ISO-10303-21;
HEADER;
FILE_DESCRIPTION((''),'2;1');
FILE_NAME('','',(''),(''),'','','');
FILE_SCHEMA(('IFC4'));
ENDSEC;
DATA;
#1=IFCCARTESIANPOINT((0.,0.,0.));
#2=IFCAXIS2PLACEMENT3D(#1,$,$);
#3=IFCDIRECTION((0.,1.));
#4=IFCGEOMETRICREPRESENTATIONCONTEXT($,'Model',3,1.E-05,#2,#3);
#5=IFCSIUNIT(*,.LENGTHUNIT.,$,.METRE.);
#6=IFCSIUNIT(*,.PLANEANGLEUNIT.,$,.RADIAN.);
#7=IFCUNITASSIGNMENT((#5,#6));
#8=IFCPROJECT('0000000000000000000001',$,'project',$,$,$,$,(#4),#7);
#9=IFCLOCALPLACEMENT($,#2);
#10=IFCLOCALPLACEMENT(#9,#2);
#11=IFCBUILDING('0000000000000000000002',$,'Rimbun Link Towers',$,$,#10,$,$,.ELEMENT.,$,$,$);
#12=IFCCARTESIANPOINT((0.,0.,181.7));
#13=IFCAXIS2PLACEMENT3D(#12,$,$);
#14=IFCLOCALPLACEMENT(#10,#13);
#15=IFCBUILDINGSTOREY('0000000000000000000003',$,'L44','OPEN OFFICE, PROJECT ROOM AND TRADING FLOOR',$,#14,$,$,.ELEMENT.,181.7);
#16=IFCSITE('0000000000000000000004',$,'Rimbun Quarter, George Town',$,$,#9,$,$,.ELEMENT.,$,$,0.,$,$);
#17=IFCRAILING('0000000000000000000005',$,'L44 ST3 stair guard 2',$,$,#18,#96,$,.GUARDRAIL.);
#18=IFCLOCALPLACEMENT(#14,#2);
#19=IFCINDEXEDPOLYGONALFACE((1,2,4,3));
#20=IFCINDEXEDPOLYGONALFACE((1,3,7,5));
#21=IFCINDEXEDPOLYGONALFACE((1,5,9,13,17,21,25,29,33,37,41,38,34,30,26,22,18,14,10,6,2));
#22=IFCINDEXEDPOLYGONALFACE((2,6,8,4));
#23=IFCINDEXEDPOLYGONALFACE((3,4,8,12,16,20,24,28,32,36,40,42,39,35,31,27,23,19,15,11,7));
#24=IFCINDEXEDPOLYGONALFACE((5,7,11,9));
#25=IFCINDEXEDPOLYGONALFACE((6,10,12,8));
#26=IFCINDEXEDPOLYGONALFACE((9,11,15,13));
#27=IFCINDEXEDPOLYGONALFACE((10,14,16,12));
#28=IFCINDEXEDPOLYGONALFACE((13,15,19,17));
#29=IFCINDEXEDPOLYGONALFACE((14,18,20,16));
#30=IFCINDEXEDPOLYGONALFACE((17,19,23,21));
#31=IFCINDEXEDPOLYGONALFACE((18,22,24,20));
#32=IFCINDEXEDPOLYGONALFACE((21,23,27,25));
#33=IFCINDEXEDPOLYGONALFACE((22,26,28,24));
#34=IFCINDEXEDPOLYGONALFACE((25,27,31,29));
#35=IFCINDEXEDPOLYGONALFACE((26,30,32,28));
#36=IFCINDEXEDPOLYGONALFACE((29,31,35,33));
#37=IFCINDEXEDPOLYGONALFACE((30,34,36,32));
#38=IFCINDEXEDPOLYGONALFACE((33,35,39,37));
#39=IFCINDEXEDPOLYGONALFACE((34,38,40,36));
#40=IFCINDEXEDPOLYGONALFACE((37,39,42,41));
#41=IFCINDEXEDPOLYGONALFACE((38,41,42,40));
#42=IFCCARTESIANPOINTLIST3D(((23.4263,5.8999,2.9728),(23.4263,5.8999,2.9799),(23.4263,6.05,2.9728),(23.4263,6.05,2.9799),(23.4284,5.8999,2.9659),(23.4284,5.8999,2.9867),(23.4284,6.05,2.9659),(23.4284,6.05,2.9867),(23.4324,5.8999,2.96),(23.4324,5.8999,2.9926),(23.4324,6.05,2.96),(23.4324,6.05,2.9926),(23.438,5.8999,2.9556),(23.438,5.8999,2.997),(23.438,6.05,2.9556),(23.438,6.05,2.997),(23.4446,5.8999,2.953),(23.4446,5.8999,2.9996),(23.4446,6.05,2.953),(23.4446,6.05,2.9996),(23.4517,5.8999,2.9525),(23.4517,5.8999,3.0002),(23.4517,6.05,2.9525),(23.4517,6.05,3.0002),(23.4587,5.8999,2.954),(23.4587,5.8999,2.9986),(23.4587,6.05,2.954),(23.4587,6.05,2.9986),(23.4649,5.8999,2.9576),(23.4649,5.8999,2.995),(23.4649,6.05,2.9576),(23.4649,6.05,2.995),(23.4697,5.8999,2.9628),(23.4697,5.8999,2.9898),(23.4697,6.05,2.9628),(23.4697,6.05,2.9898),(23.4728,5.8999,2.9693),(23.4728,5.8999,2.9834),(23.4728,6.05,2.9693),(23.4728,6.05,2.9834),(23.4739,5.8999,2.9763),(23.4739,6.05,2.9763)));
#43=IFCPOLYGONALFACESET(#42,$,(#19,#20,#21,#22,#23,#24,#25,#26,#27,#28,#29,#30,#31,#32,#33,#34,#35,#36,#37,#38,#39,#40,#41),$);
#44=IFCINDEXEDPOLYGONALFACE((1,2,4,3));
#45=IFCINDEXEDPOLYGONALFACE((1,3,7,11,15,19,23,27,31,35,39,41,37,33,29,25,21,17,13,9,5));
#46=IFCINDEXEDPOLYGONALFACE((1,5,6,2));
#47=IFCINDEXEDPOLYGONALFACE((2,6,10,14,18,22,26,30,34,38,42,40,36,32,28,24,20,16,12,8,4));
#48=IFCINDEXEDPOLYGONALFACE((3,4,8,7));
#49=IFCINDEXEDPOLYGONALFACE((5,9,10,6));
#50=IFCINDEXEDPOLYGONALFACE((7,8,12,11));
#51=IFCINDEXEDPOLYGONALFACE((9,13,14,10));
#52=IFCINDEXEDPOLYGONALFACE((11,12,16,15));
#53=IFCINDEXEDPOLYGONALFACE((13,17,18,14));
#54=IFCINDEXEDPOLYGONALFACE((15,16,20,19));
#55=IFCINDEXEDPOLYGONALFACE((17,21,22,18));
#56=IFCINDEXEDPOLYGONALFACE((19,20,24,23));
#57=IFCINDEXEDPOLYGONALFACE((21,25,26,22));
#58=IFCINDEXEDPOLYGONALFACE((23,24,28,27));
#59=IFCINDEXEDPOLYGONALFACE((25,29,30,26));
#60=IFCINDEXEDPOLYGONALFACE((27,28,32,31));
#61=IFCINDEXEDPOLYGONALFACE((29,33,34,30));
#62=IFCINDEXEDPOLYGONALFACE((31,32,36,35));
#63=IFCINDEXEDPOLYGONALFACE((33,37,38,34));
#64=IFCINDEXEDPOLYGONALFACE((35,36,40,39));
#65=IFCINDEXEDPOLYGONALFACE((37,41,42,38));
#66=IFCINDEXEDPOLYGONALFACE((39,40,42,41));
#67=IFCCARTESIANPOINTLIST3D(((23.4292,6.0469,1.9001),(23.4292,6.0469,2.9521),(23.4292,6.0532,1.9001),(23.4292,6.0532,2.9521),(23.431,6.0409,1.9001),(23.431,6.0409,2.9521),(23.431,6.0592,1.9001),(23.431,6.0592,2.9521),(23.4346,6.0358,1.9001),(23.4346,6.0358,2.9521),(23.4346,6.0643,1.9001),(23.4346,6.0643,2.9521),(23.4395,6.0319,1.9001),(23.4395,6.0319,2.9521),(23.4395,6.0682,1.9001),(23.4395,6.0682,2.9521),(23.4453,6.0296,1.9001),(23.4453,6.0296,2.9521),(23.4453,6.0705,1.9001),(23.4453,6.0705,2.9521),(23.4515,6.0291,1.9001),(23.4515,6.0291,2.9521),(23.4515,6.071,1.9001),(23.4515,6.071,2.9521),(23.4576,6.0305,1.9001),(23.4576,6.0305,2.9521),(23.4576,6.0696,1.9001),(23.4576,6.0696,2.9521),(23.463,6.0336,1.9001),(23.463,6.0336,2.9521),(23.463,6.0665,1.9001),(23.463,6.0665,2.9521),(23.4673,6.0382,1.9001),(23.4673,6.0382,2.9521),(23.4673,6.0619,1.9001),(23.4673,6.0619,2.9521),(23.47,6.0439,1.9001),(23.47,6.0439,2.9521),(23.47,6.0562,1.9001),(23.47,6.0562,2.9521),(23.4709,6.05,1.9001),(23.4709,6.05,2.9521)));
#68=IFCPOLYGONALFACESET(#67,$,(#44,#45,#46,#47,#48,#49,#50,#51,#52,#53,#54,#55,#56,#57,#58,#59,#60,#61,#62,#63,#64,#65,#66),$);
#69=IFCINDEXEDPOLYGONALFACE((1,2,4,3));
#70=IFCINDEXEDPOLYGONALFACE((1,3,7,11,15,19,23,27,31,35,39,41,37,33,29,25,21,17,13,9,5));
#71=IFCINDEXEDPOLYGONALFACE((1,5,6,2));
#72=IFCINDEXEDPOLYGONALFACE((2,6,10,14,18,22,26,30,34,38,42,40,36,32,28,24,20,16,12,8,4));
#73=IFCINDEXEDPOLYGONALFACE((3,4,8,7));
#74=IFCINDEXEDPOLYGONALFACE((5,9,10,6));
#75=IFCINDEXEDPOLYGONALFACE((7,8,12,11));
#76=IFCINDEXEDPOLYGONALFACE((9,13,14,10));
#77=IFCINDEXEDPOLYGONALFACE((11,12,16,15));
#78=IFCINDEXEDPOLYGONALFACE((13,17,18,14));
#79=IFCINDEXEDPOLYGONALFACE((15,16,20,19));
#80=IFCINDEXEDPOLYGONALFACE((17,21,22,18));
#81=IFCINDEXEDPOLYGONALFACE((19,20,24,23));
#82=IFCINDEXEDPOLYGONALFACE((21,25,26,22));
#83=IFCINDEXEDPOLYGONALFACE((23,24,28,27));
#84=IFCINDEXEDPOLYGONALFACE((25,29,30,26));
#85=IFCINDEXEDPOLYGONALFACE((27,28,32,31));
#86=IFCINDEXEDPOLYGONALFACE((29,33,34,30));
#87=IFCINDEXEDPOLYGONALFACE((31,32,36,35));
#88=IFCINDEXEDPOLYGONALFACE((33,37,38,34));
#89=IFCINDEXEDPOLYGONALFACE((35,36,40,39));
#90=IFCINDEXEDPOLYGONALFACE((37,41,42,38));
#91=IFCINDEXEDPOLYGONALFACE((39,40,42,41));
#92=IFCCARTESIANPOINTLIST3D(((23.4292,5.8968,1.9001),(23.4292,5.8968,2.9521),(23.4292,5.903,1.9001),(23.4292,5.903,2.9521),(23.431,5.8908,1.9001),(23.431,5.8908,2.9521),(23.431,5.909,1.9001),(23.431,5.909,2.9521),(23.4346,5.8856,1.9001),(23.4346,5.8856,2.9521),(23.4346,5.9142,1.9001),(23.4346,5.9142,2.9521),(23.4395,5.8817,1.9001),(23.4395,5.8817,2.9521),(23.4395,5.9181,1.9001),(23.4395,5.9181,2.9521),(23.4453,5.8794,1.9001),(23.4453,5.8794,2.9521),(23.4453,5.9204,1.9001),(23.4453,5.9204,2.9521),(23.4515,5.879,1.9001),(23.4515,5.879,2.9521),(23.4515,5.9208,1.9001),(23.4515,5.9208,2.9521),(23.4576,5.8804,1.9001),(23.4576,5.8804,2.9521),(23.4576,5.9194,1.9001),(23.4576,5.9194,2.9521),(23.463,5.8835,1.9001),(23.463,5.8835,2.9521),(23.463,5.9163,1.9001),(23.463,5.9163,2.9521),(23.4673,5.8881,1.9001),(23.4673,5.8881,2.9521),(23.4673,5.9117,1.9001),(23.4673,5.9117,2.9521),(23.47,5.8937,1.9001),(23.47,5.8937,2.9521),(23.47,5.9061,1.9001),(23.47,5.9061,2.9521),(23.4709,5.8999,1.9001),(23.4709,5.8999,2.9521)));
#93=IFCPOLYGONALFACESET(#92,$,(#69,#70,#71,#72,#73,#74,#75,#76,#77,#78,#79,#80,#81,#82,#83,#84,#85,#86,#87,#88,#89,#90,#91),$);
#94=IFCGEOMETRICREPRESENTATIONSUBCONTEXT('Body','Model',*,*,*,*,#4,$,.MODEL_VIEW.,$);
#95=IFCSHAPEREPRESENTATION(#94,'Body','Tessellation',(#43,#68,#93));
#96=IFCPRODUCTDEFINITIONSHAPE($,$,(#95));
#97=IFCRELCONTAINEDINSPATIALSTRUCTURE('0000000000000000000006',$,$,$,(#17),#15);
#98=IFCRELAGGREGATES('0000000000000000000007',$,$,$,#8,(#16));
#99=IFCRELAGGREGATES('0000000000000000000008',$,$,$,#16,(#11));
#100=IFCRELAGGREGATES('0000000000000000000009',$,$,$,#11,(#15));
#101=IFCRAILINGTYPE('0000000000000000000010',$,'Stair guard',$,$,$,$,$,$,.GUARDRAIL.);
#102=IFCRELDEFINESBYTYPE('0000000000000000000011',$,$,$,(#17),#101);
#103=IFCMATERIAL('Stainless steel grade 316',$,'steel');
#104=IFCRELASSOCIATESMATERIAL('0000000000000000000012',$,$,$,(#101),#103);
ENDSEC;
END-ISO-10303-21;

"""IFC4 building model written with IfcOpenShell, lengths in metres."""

from ifc_helpers import new_model, si_unit, direction, frame, origin, origin_2d, place, context, subcontext, project, spatial, circle, extrude, material, type_object, element, save


model = new_model("IFC4")

# Units and contexts
model_context = context("Model", 3, precision=1e-05, world=origin(), true_north=direction((0.0, 1.0)))
body_context = subcontext(model_context, "Body", "Model", "MODEL_VIEW")
ifc_project = project(units=[si_unit("LENGTHUNIT", "METRE"), si_unit("PLANEANGLEUNIT", "RADIAN")], contexts=[model_context])

# Site, building, storey
site_placement = place(None, origin())
site = spatial("IfcSite", under=ifc_project, at=site_placement, Name="Rimbun Quarter, George Town", CompositionType="ELEMENT", RefElevation=0.0)
building_placement = place(site_placement, origin())
building = spatial("IfcBuilding", under=site, at=building_placement, Name="Rimbun Link Towers", CompositionType="ELEMENT")
storey_placement = place(building_placement, frame((0.0, 0.0, 181.7)))
storey = spatial("IfcBuildingStorey", under=building, at=storey_placement, Name="L44", Description="OPEN OFFICE, PROJECT ROOM AND TRADING FLOOR", CompositionType="ELEMENT", Elevation=181.7)

# Railing
ifc_material_1 = material(Name="Stainless steel grade 316", Category="steel")
railing_type_1 = type_object("IfcRailingType", Name="Stair guard", PredefinedType="GUARDRAIL", material=ifc_material_1)
railing_1_placement = place(storey_placement, frame((23.45, 6.05, 1.9001)))
element("IfcRailing", 1, at=railing_1_placement, inside=storey, type_object=railing_type_1, Name="L44 ST3 stair guard 2", PredefinedType="GUARDRAIL", context=body_context, shape_type="SweptSolid", body=[
    extrude(circle(Radius=0.0239, at=origin_2d()), frame((0.0, 0.0, 1.0762), z_axis=(0.0, -1.0, 0.0), x_axis=(1.0, 0.0, 0.0)), (0.0, 0.0, 1.0), 0.1501),
    extrude(circle(Radius=0.021, at=origin_2d()), origin(), (0.0, 0.0, 1.0), 1.052),
    extrude(circle(Radius=0.021, at=origin_2d()), frame((0.0, -0.1501, 0.0)), (0.0, 0.0, 1.0), 1.052),
])

save(model, "model.ifc")
